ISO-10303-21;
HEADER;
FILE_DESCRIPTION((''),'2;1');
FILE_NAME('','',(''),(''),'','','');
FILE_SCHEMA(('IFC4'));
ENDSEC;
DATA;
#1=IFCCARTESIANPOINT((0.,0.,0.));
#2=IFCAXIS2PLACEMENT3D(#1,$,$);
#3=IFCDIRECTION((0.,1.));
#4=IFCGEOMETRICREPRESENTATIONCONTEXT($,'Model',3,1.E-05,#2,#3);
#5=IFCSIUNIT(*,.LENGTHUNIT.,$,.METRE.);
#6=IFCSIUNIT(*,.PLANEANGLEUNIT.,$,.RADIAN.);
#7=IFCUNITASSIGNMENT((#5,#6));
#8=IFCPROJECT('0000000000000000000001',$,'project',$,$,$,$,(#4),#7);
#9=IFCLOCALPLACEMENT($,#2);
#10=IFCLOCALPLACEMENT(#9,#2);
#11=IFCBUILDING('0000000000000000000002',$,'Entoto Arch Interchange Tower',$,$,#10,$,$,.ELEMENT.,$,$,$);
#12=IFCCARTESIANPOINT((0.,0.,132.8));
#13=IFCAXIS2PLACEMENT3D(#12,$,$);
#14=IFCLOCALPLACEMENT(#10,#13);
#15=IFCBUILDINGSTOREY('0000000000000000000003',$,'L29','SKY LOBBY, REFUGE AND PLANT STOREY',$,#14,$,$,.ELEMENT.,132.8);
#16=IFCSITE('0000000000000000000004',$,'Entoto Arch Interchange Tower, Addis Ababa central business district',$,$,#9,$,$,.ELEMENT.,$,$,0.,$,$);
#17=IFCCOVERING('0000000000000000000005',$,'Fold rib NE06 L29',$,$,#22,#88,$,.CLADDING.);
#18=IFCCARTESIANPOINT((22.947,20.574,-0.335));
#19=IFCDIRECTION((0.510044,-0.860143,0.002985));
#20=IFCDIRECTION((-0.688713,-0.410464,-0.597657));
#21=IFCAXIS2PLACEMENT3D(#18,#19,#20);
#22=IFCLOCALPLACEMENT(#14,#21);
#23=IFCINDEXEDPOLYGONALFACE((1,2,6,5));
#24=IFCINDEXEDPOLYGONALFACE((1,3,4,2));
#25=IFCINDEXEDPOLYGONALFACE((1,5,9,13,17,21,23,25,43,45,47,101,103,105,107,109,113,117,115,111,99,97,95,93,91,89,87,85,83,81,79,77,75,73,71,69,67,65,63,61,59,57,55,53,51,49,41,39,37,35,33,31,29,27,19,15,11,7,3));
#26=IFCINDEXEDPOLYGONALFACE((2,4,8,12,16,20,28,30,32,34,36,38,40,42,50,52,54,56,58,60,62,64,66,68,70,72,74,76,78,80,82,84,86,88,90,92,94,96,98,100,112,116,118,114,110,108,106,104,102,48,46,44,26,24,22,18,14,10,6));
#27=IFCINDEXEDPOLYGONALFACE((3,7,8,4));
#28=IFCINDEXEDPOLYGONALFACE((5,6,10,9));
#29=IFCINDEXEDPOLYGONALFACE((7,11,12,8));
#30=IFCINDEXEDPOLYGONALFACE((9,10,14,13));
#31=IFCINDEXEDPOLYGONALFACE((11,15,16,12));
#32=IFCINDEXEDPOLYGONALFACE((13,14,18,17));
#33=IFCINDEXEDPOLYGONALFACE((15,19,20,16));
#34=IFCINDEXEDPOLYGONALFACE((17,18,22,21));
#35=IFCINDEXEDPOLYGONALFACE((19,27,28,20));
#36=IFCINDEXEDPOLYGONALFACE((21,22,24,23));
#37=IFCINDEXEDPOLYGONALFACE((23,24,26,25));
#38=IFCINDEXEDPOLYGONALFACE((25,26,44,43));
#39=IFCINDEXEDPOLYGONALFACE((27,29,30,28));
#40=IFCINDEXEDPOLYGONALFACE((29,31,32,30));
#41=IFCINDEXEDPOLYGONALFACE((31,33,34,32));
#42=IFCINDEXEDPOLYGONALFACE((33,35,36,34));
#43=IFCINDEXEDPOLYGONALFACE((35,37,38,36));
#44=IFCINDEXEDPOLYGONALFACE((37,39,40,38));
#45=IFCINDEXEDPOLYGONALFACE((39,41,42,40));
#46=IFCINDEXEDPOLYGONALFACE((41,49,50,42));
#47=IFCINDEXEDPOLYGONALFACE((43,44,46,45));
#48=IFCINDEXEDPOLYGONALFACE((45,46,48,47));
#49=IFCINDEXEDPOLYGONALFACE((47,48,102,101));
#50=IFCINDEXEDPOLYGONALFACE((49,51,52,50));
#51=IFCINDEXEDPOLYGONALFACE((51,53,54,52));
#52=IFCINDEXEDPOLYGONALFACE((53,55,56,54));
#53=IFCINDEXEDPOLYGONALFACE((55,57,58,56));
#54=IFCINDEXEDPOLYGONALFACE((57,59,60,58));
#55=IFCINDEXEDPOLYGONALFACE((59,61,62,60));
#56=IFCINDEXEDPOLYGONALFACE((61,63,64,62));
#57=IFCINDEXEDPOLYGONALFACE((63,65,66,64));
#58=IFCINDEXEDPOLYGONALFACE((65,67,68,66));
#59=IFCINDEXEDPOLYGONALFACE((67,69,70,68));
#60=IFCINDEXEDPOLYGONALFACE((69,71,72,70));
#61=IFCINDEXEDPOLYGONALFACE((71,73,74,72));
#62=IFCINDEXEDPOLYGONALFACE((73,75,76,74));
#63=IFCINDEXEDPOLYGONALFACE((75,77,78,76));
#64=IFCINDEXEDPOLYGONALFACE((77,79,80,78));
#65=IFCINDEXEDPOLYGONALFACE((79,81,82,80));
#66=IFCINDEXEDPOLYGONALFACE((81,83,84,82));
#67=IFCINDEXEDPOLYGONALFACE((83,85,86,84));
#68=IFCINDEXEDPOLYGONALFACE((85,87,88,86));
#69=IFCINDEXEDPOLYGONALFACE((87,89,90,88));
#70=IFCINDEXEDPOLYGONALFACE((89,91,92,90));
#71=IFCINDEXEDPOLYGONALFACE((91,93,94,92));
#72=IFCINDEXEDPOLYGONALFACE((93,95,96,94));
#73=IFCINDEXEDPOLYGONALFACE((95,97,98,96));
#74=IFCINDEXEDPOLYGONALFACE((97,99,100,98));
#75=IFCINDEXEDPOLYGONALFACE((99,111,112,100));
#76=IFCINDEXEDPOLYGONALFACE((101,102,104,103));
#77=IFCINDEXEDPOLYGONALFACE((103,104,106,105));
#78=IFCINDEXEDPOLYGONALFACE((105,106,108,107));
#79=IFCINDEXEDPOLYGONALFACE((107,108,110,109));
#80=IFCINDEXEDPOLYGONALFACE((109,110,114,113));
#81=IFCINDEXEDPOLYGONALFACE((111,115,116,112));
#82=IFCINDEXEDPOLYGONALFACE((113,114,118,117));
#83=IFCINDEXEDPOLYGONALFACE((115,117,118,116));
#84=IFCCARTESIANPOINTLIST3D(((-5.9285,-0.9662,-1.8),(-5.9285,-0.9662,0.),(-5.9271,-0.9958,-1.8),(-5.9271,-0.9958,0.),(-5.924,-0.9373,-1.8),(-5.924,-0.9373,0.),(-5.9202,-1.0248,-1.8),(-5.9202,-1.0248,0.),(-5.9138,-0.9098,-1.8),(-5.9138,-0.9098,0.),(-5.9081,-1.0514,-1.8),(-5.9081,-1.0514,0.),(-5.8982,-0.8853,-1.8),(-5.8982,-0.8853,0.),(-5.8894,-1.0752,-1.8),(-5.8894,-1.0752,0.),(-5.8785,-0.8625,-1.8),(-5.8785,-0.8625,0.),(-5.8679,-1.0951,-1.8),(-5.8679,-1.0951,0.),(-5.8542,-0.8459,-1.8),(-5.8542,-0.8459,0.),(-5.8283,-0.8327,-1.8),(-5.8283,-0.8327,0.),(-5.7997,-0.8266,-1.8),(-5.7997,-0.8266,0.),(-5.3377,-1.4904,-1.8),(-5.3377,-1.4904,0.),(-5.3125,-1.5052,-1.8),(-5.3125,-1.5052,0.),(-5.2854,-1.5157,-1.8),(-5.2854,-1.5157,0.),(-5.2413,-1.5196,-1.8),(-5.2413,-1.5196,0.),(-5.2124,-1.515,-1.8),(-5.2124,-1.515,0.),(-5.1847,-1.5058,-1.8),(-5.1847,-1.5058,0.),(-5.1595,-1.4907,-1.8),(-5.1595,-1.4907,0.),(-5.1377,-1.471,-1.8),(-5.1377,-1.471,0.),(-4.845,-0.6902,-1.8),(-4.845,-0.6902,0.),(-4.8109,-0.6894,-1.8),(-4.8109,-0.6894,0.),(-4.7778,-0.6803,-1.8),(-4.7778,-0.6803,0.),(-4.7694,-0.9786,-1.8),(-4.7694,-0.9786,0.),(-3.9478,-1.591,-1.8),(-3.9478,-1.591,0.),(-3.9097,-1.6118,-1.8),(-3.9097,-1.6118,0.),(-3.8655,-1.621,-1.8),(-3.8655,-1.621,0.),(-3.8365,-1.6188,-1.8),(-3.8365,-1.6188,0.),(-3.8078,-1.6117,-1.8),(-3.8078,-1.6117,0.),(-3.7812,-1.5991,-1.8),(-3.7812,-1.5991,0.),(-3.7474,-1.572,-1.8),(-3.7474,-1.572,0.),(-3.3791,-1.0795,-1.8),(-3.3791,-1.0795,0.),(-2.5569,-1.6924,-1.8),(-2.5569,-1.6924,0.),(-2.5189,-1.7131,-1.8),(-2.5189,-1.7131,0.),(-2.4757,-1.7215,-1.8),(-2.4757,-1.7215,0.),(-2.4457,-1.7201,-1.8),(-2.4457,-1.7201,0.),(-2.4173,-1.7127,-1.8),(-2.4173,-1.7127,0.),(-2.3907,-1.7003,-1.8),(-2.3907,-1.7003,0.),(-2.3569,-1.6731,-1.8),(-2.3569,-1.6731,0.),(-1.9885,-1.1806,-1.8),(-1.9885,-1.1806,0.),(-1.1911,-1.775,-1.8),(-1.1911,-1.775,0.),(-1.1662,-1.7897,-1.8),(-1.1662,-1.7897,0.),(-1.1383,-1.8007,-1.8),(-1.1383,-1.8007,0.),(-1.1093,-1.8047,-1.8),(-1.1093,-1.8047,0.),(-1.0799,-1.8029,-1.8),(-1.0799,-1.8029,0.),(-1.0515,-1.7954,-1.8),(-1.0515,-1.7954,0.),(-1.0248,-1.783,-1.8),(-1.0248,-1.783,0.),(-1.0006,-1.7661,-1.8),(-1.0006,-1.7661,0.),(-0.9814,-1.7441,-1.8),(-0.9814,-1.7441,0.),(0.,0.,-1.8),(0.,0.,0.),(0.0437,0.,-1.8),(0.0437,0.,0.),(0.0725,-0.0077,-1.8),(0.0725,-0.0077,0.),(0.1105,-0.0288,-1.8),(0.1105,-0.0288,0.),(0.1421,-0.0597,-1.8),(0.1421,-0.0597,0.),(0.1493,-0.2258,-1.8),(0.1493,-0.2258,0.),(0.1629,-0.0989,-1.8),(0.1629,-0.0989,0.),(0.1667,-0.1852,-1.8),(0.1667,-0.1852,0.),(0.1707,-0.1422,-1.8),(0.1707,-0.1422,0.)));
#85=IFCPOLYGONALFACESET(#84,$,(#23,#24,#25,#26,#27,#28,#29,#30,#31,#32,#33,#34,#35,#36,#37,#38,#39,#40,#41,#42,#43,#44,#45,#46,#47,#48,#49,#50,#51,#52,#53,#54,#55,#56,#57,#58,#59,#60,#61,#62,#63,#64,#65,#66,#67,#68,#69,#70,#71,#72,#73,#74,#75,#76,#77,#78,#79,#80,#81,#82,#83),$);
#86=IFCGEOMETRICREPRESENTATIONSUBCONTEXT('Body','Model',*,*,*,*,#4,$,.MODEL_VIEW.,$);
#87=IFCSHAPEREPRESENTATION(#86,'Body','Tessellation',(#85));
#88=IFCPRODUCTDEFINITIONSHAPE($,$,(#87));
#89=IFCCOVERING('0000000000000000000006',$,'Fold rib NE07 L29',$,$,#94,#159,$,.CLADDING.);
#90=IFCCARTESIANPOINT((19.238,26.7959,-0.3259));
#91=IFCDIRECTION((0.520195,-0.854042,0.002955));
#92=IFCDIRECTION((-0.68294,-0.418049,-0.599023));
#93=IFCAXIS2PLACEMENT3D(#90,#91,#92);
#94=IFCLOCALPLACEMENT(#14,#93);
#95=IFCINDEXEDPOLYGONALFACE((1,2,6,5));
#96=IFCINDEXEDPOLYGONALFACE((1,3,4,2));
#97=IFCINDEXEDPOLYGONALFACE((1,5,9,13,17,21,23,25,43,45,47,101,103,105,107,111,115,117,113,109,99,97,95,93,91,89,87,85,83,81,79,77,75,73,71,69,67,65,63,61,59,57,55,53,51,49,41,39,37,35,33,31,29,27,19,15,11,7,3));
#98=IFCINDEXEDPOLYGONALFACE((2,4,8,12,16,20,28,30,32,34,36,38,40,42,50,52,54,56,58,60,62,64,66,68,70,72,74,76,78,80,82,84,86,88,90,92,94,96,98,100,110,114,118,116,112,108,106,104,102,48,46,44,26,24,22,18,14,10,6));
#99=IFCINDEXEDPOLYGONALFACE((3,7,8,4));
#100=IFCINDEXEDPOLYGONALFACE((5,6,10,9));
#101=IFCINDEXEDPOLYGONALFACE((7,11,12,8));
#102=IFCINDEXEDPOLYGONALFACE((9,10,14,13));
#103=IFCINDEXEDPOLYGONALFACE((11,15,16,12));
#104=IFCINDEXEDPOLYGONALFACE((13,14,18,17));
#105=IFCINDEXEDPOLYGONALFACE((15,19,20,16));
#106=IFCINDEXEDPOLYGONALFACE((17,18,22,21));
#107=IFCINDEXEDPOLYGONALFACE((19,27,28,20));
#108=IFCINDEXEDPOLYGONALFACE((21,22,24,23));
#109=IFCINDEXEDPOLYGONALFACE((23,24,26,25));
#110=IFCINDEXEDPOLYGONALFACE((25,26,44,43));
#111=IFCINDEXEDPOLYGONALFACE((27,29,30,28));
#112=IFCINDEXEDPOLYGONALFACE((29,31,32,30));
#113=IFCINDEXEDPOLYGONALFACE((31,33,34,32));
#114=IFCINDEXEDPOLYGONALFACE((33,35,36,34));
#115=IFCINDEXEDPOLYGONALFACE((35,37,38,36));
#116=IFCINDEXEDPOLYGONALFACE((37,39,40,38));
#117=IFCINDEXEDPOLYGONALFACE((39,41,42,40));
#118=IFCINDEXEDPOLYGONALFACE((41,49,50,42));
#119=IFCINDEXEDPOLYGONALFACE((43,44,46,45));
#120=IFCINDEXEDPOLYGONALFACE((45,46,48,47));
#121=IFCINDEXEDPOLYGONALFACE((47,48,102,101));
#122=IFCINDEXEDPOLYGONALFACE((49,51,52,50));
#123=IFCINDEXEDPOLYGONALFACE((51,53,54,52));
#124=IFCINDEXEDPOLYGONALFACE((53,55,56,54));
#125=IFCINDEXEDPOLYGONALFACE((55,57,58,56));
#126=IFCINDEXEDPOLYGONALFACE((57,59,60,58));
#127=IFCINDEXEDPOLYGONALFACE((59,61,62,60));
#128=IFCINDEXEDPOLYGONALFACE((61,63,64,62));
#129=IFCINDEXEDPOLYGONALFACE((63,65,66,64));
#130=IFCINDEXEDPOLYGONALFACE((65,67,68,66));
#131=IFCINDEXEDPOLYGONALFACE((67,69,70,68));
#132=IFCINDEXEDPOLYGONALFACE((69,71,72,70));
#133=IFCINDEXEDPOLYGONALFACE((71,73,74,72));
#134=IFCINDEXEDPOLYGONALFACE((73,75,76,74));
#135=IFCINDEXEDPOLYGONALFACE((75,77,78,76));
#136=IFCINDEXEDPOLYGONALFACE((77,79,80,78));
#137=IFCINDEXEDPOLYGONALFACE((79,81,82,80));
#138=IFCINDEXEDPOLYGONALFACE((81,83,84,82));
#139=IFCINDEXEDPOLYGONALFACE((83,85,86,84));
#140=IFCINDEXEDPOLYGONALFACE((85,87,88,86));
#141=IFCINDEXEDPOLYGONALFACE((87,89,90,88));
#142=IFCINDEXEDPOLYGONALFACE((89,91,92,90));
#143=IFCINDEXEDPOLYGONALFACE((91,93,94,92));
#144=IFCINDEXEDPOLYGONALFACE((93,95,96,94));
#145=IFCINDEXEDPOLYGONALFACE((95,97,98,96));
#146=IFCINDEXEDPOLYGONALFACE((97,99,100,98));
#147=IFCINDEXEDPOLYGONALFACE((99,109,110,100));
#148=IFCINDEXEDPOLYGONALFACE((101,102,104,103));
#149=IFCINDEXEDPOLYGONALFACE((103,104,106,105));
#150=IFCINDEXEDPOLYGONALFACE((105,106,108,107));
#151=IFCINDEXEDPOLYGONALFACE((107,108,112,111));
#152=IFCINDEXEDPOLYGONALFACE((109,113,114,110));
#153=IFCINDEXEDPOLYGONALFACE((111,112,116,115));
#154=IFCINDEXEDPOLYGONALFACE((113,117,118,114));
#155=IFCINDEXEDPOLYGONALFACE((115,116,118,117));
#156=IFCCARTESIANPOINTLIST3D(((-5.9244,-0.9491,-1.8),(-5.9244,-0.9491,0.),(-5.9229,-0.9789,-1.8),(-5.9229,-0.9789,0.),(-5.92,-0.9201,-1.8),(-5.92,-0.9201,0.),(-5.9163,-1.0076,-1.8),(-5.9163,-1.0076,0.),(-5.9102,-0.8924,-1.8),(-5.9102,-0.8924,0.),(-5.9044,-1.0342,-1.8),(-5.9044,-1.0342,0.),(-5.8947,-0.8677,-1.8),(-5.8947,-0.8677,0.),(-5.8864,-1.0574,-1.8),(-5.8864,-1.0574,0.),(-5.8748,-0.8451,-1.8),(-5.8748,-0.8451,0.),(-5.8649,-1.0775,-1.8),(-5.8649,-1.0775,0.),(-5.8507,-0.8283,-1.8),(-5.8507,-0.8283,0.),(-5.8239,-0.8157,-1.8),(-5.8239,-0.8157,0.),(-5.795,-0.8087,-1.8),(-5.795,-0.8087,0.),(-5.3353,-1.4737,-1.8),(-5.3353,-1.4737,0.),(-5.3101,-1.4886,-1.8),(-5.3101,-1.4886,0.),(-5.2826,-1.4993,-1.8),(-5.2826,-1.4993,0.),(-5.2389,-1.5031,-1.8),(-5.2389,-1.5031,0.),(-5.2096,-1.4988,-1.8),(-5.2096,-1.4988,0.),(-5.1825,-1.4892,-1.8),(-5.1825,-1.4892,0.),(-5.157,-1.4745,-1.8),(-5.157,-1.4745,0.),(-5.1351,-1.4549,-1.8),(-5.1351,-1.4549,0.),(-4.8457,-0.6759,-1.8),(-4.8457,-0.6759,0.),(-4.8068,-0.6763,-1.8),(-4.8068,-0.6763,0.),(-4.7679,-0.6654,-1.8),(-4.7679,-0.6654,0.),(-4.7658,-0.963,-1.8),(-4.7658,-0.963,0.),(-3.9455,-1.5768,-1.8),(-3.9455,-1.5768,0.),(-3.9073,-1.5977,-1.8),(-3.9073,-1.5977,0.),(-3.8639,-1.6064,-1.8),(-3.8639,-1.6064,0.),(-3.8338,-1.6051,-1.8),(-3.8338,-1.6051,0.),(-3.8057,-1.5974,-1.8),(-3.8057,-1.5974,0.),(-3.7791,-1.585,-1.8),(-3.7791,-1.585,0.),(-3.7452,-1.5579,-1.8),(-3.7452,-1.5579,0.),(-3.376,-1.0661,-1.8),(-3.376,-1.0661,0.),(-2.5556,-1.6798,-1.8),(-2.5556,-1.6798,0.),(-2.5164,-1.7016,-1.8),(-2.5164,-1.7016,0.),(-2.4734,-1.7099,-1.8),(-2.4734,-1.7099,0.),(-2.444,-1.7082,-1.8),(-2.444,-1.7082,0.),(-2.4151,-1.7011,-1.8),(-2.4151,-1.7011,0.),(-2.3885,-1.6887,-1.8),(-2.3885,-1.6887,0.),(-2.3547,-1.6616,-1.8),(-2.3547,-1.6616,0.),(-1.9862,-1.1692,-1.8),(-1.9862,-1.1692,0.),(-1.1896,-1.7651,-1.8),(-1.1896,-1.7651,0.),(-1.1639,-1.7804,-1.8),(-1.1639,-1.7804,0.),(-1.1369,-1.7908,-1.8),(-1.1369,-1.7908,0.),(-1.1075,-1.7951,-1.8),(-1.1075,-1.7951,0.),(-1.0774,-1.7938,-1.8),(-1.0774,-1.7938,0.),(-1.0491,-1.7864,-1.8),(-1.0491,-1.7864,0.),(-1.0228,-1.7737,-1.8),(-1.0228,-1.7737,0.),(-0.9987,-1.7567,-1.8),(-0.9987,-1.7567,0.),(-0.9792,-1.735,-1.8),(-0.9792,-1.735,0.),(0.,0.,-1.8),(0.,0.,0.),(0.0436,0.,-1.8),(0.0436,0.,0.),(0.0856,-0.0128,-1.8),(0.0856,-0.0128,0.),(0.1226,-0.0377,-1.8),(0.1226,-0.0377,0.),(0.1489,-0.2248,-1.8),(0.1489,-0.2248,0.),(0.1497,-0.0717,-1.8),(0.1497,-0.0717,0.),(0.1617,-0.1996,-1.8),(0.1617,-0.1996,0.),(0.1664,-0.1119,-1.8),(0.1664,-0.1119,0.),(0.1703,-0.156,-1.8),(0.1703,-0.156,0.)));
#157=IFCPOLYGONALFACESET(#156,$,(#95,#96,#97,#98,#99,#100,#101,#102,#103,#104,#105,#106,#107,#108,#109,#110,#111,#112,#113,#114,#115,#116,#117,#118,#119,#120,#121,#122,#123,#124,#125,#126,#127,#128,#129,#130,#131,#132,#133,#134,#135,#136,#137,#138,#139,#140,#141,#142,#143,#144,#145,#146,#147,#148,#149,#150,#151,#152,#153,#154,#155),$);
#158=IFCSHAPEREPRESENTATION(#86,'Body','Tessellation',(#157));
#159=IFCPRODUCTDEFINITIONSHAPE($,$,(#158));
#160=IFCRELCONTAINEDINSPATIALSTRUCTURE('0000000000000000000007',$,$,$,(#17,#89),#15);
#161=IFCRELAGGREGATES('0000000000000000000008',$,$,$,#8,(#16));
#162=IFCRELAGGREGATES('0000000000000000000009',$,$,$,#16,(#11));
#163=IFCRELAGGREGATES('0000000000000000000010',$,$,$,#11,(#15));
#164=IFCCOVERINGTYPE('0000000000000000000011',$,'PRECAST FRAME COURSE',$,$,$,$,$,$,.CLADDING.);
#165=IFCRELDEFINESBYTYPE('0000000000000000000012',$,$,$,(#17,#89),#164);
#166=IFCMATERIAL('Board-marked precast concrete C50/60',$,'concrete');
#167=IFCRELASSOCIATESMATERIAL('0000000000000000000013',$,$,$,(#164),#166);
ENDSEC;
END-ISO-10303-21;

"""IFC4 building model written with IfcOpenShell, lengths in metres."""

from ifc_helpers import new_model, si_unit, direction, frame, origin, place, context, subcontext, project, spatial, polyline, outline, extrude, material, type_object, element, save


model = new_model("IFC4")

# Units and contexts
model_context = context("Model", 3, precision=1e-05, world=origin(), true_north=direction((0.0, 1.0)))
body_context = subcontext(model_context, "Body", "Model", "MODEL_VIEW")
ifc_project = project(units=[si_unit("LENGTHUNIT", "METRE"), si_unit("PLANEANGLEUNIT", "RADIAN")], contexts=[model_context])

# Site, building, storey
site_placement = place(None, origin())
site = spatial("IfcSite", under=ifc_project, at=site_placement, Name="Entoto Arch Interchange Tower, Addis Ababa central business district", CompositionType="ELEMENT", RefElevation=0.0)
building_placement = place(site_placement, origin())
building = spatial("IfcBuilding", under=site, at=building_placement, Name="Entoto Arch Interchange Tower", CompositionType="ELEMENT")
storey_placement = place(building_placement, frame((0.0, 0.0, 132.8)))
storey = spatial("IfcBuildingStorey", under=building, at=storey_placement, Name="L29", Description="SKY LOBBY, REFUGE AND PLANT STOREY", CompositionType="ELEMENT", Elevation=132.8)

# Shared definitions
ifc_material_1 = material(Name="Board-marked precast concrete C50/60", Category="concrete")

# Coverings
covering_type = type_object("IfcCoveringType", Name="PRECAST FRAME COURSE", PredefinedType="CLADDING", material=ifc_material_1)
covering_1_placement = place(storey_placement, frame((22.947, 20.574, -0.335), z_axis=(0.510044, -0.860143, 0.002985), x_axis=(-0.688713, -0.410464, -0.597657)))
element("IfcCovering", 1, at=covering_1_placement, inside=storey, type_object=covering_type, Name="Fold rib NE06 L29", PredefinedType="CLADDING", context=body_context, shape_type="SweptSolid", body=[
    extrude(outline(polyline([(0.0, 0.0), (0.0437, 0.0), (0.0725, -0.0077), (0.1105, -0.0288), (0.1421, -0.0597), (0.1629, -0.0989), (0.1707, -0.1422), (0.1667, -0.1852), (0.1493, -0.2258), (-0.9814, -1.7441), (-1.0006, -1.7661), (-1.0248, -1.783), (-1.0515, -1.7954), (-1.0799, -1.8029), (-1.1093, -1.8047), (-1.1383, -1.8007), (-1.1662, -1.7897), (-1.1911, -1.775), (-1.9885, -1.1806), (-2.3569, -1.6731), (-2.3907, -1.7003), (-2.4173, -1.7127), (-2.4457, -1.7201), (-2.4757, -1.7215), (-2.5189, -1.7131), (-2.5569, -1.6924), (-3.3791, -1.0795), (-3.7474, -1.572), (-3.7812, -1.5991), (-3.8078, -1.6117), (-3.8365, -1.6188), (-3.8655, -1.621), (-3.9097, -1.6118), (-3.9478, -1.591), (-4.7694, -0.9786), (-5.1377, -1.471), (-5.1595, -1.4907), (-5.1847, -1.5058), (-5.2124, -1.515), (-5.2413, -1.5196), (-5.2854, -1.5157), (-5.3125, -1.5052), (-5.3377, -1.4904), (-5.8679, -1.0951), (-5.8894, -1.0752), (-5.9081, -1.0514), (-5.9202, -1.0248), (-5.9271, -0.9958), (-5.9285, -0.9662), (-5.924, -0.9373), (-5.9138, -0.9098), (-5.8982, -0.8853), (-5.8785, -0.8625), (-5.8542, -0.8459), (-5.8283, -0.8327), (-5.7997, -0.8266), (-4.845, -0.6902), (-4.8109, -0.6894), (-4.7778, -0.6803), (0.0, 0.0)])), origin(), (0.0, 0.0, -1.0), 1.8),
])
covering_2_placement = place(storey_placement, frame((19.238, 26.7959, -0.3259), z_axis=(0.520195, -0.854042, 0.002955), x_axis=(-0.68294, -0.418049, -0.599023)))
element("IfcCovering", 2, at=covering_2_placement, inside=storey, type_object=covering_type, Name="Fold rib NE07 L29", PredefinedType="CLADDING", context=body_context, shape_type="SweptSolid", body=[
    extrude(outline(polyline([(0.0, 0.0), (0.0436, 0.0), (0.0856, -0.0128), (0.1226, -0.0377), (0.1497, -0.0717), (0.1664, -0.1119), (0.1703, -0.156), (0.1617, -0.1996), (0.1489, -0.2248), (-0.9792, -1.735), (-0.9987, -1.7567), (-1.0228, -1.7737), (-1.0491, -1.7864), (-1.0774, -1.7938), (-1.1075, -1.7951), (-1.1369, -1.7908), (-1.1639, -1.7804), (-1.1896, -1.7651), (-1.9862, -1.1692), (-2.3547, -1.6616), (-2.3885, -1.6887), (-2.4151, -1.7011), (-2.444, -1.7082), (-2.4734, -1.7099), (-2.5164, -1.7016), (-2.5556, -1.6798), (-3.376, -1.0661), (-3.7452, -1.5579), (-3.7791, -1.585), (-3.8057, -1.5974), (-3.8338, -1.6051), (-3.8639, -1.6064), (-3.9073, -1.5977), (-3.9455, -1.5768), (-4.7658, -0.963), (-5.1351, -1.4549), (-5.157, -1.4745), (-5.1825, -1.4892), (-5.2096, -1.4988), (-5.2389, -1.5031), (-5.2826, -1.4993), (-5.3101, -1.4886), (-5.3353, -1.4737), (-5.8649, -1.0775), (-5.8864, -1.0574), (-5.9044, -1.0342), (-5.9163, -1.0076), (-5.9229, -0.9789), (-5.9244, -0.9491), (-5.92, -0.9201), (-5.9102, -0.8924), (-5.8947, -0.8677), (-5.8748, -0.8451), (-5.8507, -0.8283), (-5.8239, -0.8157), (-5.795, -0.8087), (-4.8457, -0.6759), (-4.8068, -0.6763), (-4.7679, -0.6654), (0.0, 0.0)])), origin(), (0.0, 0.0, -1.0), 1.8),
])

save(model, "model.ifc")
